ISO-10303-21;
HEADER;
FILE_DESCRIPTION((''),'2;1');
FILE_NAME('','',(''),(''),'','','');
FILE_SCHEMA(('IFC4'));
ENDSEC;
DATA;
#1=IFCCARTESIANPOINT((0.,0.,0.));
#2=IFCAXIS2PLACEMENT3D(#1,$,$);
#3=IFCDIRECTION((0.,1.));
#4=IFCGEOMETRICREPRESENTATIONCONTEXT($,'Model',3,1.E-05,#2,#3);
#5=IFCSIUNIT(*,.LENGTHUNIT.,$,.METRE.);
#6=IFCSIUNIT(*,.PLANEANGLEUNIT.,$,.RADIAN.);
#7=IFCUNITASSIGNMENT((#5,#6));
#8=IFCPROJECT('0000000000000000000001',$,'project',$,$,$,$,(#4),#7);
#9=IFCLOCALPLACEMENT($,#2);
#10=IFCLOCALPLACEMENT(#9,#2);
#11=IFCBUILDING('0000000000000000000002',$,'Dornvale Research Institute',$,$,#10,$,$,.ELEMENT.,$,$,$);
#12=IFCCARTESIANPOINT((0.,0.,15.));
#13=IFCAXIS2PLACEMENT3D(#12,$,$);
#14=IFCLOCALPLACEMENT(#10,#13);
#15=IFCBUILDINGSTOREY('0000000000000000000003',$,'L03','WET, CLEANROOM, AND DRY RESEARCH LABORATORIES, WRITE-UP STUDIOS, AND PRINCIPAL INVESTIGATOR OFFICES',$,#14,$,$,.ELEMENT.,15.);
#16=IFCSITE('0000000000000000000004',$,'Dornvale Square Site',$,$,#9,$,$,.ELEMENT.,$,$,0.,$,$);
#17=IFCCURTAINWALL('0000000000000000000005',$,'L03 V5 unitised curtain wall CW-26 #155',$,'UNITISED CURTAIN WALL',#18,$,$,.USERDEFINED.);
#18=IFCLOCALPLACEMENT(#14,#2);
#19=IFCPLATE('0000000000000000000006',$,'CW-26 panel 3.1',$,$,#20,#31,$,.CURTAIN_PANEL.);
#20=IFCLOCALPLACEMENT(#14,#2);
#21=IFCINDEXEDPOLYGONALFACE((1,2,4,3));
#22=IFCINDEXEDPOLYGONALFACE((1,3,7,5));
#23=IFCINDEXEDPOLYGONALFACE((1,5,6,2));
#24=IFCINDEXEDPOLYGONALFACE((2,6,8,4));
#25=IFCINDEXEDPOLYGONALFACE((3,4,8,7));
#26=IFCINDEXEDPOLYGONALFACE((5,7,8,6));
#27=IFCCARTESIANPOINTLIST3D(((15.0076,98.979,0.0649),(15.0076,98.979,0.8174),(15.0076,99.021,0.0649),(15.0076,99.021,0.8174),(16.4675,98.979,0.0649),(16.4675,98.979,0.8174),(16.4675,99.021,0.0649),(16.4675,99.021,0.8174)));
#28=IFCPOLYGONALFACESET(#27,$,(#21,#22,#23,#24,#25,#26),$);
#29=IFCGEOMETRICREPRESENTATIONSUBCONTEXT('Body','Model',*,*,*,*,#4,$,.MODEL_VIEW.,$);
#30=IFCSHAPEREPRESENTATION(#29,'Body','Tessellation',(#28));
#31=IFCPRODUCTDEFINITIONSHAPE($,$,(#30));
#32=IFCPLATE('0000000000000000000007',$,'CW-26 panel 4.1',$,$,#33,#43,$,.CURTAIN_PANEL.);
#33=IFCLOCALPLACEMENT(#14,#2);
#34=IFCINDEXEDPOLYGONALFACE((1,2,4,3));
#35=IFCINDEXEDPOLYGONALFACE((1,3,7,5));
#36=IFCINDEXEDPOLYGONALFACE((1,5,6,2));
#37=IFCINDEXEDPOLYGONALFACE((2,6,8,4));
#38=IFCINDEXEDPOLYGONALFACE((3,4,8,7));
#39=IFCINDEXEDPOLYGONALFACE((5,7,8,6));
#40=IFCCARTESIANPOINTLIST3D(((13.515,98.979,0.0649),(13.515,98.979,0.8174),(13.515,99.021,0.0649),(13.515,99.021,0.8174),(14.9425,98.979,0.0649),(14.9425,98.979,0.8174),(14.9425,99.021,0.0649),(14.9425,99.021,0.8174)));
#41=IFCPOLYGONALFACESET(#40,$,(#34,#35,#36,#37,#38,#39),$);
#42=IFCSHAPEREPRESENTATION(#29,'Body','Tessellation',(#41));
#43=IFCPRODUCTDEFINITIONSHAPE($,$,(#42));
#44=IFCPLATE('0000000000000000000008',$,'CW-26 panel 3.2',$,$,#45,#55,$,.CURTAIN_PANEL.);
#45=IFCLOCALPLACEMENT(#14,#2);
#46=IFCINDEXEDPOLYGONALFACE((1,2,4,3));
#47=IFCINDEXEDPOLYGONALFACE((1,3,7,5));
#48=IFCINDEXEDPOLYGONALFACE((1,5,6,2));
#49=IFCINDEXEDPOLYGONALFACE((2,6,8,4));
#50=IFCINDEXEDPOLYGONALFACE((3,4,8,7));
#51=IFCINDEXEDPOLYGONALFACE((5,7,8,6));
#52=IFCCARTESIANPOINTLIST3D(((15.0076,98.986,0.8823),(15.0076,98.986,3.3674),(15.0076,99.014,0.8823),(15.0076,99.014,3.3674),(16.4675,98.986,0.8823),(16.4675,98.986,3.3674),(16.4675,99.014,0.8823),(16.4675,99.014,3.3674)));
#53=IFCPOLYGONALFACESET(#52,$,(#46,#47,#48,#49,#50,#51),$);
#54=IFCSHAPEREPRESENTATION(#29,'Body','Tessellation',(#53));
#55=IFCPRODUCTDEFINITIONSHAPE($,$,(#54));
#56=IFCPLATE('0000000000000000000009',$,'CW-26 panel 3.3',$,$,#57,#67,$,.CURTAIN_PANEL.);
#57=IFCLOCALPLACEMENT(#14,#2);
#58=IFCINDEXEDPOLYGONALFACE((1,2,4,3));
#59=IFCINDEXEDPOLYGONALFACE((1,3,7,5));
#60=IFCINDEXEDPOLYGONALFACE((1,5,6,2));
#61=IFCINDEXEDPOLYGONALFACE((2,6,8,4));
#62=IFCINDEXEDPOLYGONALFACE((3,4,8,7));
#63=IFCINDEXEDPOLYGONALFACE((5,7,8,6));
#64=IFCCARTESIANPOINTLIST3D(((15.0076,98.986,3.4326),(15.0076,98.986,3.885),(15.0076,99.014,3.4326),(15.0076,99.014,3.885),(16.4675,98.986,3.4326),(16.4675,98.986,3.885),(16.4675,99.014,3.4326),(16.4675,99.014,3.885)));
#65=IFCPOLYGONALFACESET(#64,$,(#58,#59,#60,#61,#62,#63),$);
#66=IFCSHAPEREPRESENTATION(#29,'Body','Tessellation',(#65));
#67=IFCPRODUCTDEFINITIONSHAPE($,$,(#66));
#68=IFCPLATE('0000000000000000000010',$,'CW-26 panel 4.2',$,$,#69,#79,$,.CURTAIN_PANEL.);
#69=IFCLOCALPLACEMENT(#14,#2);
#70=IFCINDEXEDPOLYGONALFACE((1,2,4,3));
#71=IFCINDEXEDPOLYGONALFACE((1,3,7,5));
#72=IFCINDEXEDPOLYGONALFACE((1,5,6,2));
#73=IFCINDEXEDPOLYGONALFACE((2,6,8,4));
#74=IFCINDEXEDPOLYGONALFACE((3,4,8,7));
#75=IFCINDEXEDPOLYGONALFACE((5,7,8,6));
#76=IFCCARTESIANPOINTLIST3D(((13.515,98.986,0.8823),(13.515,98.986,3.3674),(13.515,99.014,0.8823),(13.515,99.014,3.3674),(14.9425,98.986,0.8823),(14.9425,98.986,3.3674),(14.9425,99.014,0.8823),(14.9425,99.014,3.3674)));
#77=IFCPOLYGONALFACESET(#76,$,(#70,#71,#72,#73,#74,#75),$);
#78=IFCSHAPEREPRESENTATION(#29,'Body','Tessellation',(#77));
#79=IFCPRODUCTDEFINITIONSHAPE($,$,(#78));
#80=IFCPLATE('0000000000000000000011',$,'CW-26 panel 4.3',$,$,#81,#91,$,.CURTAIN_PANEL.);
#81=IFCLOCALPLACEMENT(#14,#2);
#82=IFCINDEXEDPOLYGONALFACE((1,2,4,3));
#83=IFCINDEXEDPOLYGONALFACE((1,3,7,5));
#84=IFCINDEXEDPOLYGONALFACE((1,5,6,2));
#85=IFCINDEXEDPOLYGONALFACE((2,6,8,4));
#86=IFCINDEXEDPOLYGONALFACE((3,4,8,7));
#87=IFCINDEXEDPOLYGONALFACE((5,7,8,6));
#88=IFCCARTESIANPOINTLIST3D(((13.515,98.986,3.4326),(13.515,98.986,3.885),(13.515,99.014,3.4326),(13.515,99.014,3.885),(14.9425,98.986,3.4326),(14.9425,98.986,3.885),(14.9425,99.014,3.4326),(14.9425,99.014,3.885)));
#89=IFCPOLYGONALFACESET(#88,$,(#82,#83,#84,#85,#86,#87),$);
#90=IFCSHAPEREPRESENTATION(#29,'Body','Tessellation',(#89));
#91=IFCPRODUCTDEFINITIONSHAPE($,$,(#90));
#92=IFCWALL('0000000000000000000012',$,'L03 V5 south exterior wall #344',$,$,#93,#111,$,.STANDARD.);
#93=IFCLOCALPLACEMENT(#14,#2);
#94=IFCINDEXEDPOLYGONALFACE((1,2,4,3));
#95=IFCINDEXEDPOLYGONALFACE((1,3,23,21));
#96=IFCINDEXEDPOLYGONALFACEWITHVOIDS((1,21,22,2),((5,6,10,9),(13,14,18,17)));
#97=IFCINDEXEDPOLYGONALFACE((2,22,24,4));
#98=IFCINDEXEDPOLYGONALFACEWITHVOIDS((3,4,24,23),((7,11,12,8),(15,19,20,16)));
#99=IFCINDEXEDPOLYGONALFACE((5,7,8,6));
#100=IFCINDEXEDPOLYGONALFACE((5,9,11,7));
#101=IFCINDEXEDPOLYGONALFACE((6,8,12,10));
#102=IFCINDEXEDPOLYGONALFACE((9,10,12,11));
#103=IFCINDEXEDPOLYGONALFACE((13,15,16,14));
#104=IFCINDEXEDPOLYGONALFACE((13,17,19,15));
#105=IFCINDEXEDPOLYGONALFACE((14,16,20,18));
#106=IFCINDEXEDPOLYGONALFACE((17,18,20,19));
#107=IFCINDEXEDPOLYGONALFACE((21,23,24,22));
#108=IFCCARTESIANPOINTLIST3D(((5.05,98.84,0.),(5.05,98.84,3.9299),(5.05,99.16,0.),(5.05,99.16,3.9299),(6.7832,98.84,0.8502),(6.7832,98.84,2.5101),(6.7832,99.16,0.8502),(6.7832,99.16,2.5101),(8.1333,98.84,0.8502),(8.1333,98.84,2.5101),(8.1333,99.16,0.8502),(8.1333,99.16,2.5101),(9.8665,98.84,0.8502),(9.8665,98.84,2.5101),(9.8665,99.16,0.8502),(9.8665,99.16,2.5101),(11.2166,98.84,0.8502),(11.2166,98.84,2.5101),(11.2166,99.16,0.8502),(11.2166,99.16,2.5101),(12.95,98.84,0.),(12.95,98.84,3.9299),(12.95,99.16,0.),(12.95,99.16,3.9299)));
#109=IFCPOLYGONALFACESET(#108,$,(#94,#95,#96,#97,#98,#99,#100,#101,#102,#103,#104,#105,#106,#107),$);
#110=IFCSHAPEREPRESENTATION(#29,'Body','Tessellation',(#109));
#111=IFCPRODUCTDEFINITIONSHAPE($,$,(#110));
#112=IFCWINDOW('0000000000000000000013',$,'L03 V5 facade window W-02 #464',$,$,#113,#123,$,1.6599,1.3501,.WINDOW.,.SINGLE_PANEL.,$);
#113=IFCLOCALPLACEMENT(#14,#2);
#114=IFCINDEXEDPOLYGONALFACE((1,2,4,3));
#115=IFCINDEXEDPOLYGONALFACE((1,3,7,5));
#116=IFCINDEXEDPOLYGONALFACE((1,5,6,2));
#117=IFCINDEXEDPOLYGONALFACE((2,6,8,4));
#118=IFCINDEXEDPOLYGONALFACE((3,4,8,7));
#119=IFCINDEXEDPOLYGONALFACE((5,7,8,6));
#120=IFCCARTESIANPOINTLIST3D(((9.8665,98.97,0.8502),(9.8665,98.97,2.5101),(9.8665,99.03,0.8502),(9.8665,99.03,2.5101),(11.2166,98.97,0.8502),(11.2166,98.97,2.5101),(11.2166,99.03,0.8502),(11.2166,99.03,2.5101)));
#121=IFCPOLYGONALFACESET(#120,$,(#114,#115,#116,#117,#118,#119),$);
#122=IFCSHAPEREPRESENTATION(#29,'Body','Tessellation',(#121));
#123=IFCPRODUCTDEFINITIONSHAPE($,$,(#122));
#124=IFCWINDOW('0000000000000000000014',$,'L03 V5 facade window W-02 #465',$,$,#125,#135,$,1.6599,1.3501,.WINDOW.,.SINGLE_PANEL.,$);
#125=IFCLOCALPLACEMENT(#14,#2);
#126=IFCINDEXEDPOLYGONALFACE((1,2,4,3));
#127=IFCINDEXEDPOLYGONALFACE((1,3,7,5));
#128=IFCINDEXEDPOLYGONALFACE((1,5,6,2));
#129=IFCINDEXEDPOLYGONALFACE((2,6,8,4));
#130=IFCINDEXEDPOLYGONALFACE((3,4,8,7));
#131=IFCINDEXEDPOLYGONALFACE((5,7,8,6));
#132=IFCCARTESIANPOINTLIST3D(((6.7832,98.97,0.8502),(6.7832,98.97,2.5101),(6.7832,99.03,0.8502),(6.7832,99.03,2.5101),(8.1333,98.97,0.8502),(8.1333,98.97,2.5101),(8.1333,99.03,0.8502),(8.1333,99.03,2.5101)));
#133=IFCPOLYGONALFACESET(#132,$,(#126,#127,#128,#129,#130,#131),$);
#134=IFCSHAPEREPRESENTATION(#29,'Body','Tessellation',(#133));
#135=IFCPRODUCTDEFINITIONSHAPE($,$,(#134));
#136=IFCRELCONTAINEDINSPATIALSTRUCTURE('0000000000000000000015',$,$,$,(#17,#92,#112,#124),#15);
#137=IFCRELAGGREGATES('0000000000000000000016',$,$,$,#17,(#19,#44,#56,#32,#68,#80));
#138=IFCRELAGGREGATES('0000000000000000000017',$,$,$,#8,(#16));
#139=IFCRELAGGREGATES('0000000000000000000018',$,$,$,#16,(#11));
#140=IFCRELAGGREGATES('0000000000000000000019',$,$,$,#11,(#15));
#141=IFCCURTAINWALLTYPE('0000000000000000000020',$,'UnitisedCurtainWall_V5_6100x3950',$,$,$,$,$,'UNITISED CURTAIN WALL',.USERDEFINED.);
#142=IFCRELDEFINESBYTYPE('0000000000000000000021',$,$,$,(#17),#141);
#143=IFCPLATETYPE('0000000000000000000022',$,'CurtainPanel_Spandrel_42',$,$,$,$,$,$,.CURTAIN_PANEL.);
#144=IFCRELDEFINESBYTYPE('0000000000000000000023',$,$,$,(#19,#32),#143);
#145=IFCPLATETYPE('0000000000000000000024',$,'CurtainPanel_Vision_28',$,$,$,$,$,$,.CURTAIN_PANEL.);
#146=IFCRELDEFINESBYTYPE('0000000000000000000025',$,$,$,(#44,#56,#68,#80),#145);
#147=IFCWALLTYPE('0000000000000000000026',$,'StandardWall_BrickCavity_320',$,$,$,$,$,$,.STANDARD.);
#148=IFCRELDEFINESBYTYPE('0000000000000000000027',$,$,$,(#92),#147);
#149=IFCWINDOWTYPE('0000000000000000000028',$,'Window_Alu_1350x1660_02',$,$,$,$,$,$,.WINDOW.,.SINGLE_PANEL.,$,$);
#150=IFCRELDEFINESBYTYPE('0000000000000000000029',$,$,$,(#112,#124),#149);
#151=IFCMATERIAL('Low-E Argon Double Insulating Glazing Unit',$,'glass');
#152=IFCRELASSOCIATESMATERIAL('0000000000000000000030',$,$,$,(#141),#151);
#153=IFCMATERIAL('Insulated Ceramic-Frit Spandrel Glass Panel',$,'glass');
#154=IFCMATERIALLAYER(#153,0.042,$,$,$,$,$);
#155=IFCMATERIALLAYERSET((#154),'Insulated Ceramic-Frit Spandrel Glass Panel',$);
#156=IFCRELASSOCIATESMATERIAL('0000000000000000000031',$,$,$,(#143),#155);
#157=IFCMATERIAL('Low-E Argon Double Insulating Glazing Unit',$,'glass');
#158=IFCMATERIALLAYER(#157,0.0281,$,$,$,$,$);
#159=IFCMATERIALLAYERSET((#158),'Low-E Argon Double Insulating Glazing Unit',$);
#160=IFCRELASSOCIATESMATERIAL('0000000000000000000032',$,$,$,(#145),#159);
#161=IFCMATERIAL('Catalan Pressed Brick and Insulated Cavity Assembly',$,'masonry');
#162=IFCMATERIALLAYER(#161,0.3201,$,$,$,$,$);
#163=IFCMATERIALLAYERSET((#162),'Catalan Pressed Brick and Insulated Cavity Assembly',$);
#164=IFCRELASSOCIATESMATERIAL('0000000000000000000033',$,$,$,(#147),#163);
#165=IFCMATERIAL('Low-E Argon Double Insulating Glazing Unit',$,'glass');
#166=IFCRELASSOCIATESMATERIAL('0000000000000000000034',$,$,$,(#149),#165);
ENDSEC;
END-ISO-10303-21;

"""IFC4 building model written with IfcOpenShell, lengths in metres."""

from ifc_helpers import new_model, si_unit, direction, frame, frame_2d, origin, origin_2d, place, context, subcontext, project, spatial, rectangle, extrude, material, layer, layer_set, type_object, element, fill, aggregate, save


model = new_model("IFC4")

# Units and contexts
model_context = context("Model", 3, precision=1e-05, world=origin(), true_north=direction((0.0, 1.0)))
body_context = subcontext(model_context, "Body", "Model", "MODEL_VIEW")
ifc_project = project(units=[si_unit("LENGTHUNIT", "METRE"), si_unit("PLANEANGLEUNIT", "RADIAN")], contexts=[model_context])

# Site, building, storey
site_placement = place(None, origin())
site = spatial("IfcSite", under=ifc_project, at=site_placement, Name="Dornvale Square Site", CompositionType="ELEMENT", RefElevation=0.0)
building_placement = place(site_placement, origin())
building = spatial("IfcBuilding", under=site, at=building_placement, Name="Dornvale Research Institute", CompositionType="ELEMENT")
storey_placement = place(building_placement, frame((0.0, 0.0, 15.0)))
storey = spatial("IfcBuildingStorey", under=building, at=storey_placement, Name="L03", Description="WET, CLEANROOM, AND DRY RESEARCH LABORATORIES, WRITE-UP STUDIOS, AND PRINCIPAL INVESTIGATOR OFFICES", CompositionType="ELEMENT", Elevation=15.0)

# Curtain wall
ifc_material_1 = material(Name="Low-E Argon Double Insulating Glazing Unit", Category="glass")
curtain_wall_type = type_object("IfcCurtainWallType", Name="UnitisedCurtainWall_V5_6100x3950", ElementType="UNITISED CURTAIN WALL", PredefinedType="USERDEFINED", material=ifc_material_1)
curtain_wall_placement = place(storey_placement, origin())
curtain_wall = element("IfcCurtainWall", 1, at=curtain_wall_placement, inside=storey, type_object=curtain_wall_type, Name="L03 V5 unitised curtain wall CW-26 #155", ObjectType="UNITISED CURTAIN WALL", PredefinedType="USERDEFINED")

# Plates
ifc_material_2 = material(Name="Insulated Ceramic-Frit Spandrel Glass Panel", Category="glass")
ifc_layer_1 = layer(ifc_material_2, 0.042)
ifc_layer_set_1 = layer_set([ifc_layer_1], Name="Insulated Ceramic-Frit Spandrel Glass Panel")
plate_type_1 = type_object("IfcPlateType", Name="CurtainPanel_Spandrel_42", PredefinedType="CURTAIN_PANEL", material=ifc_layer_set_1)
plate_1_placement = place(storey_placement, frame((15.7375, 99.0, 0.0649), z_axis=(0.0, 0.0, 1.0), x_axis=(-1.0, 0.0, 0.0)))
plate_1 = element("IfcPlate", 2, at=plate_1_placement, type_object=plate_type_1, Name="CW-26 panel 3.1", PredefinedType="CURTAIN_PANEL", context=body_context, shape_type="SweptSolid", body=[
    extrude(rectangle(XDim=1.46, YDim=0.042, at=origin_2d()), origin(), (0.0, 0.0, 1.0), 0.7524),
])
plate_2_placement = place(storey_placement, frame((14.2288, 99.0, 0.0649), z_axis=(0.0, 0.0, 1.0), x_axis=(-1.0, 0.0, 0.0)))
plate_2 = element("IfcPlate", 3, at=plate_2_placement, type_object=plate_type_1, Name="CW-26 panel 4.1", PredefinedType="CURTAIN_PANEL", context=body_context, shape_type="SweptSolid", body=[
    extrude(rectangle(XDim=1.4275, YDim=0.042, at=origin_2d()), origin(), (0.0, 0.0, 1.0), 0.7524),
])
ifc_material_3 = material(Name="Low-E Argon Double Insulating Glazing Unit", Category="glass")
ifc_layer_2 = layer(ifc_material_3, 0.0281)
ifc_layer_set_2 = layer_set([ifc_layer_2], Name="Low-E Argon Double Insulating Glazing Unit")
plate_type_2 = type_object("IfcPlateType", Name="CurtainPanel_Vision_28", PredefinedType="CURTAIN_PANEL", material=ifc_layer_set_2)
plate_3_placement = place(storey_placement, frame((15.7375, 99.0, 0.8823), z_axis=(0.0, 0.0, 1.0), x_axis=(-1.0, 0.0, 0.0)))
plate_3 = element("IfcPlate", 4, at=plate_3_placement, type_object=plate_type_2, Name="CW-26 panel 3.2", PredefinedType="CURTAIN_PANEL", context=body_context, shape_type="SweptSolid", body=[
    extrude(rectangle(XDim=1.46, YDim=0.0281, at=origin_2d()), origin(), (0.0, 0.0, 1.0), 2.4851),
])
plate_4_placement = place(storey_placement, frame((15.7375, 99.0, 3.4326), z_axis=(0.0, 0.0, 1.0), x_axis=(-1.0, 0.0, 0.0)))
plate_4 = element("IfcPlate", 5, at=plate_4_placement, type_object=plate_type_2, Name="CW-26 panel 3.3", PredefinedType="CURTAIN_PANEL", context=body_context, shape_type="SweptSolid", body=[
    extrude(rectangle(XDim=1.46, YDim=0.0281, at=origin_2d()), origin(), (0.0, 0.0, 1.0), 0.4524),
])
plate_5_placement = place(storey_placement, frame((14.2288, 99.0, 0.8823), z_axis=(0.0, 0.0, 1.0), x_axis=(-1.0, 0.0, 0.0)))
plate_5 = element("IfcPlate", 6, at=plate_5_placement, type_object=plate_type_2, Name="CW-26 panel 4.2", PredefinedType="CURTAIN_PANEL", context=body_context, shape_type="SweptSolid", body=[
    extrude(rectangle(XDim=1.4275, YDim=0.0281, at=origin_2d()), origin(), (0.0, 0.0, 1.0), 2.4851),
])
plate_6_placement = place(storey_placement, frame((14.2288, 99.0, 3.4326), z_axis=(0.0, 0.0, 1.0), x_axis=(-1.0, 0.0, 0.0)))
plate_6 = element("IfcPlate", 7, at=plate_6_placement, type_object=plate_type_2, Name="CW-26 panel 4.3", PredefinedType="CURTAIN_PANEL", context=body_context, shape_type="SweptSolid", body=[
    extrude(rectangle(XDim=1.4275, YDim=0.0281, at=origin_2d()), origin(), (0.0, 0.0, 1.0), 0.4524),
])
aggregate(curtain_wall, [plate_1, plate_3, plate_4, plate_2, plate_5, plate_6])

# Wall, openings, windows
ifc_material_4 = material(Name="Catalan Pressed Brick and Insulated Cavity Assembly", Category="masonry")
ifc_layer_3 = layer(ifc_material_4, 0.3201)
ifc_layer_set_3 = layer_set([ifc_layer_3], Name="Catalan Pressed Brick and Insulated Cavity Assembly")
wall_type = type_object("IfcWallType", Name="StandardWall_BrickCavity_320", PredefinedType="STANDARD", material=ifc_layer_set_3)
wall_placement = place(storey_placement, frame((12.95, 99.0, 0.0), z_axis=(0.0, 0.0, 1.0), x_axis=(-1.0, 0.0, 0.0)))
wall = element("IfcWall", 8, at=wall_placement, inside=storey, type_object=wall_type, Name="L03 V5 south exterior wall #344", PredefinedType="STANDARD", context=body_context, shape_type="SweptSolid", body=[
    extrude(rectangle(XDim=7.8999, YDim=0.3201, at=frame_2d((3.95, 0.0))), origin(), (0.0, 0.0, 1.0), 3.9299),
])
opening_1_placement = place(wall_placement, frame((1.7334, 0.0, 0.8501)))
opening_1 = element("IfcOpeningElement", 9, at=opening_1_placement, cuts=wall, PredefinedType="OPENING", context=body_context, shape_type="SweptSolid", body=[
    extrude(rectangle(XDim=1.3501, YDim=1.6599, at=frame_2d((0.675, 0.8301))), frame((0.0, 0.175, 0.0), z_axis=(0.0, -1.0, 0.0), x_axis=(1.0, 0.0, 0.0)), (0.0, 0.0, 1.0), 0.3501),
])
opening_2_placement = place(wall_placement, frame((4.8167, 0.0, 0.8501)))
opening_2 = element("IfcOpeningElement", 10, at=opening_2_placement, cuts=wall, PredefinedType="OPENING", context=body_context, shape_type="SweptSolid", body=[
    extrude(rectangle(XDim=1.3501, YDim=1.6599, at=frame_2d((0.675, 0.8301))), frame((0.0, 0.175, 0.0), z_axis=(0.0, -1.0, 0.0), x_axis=(1.0, 0.0, 0.0)), (0.0, 0.0, 1.0), 0.3501),
])
ifc_material_5 = material(Name="Low-E Argon Double Insulating Glazing Unit", Category="glass")
window_type = type_object("IfcWindowType", Name="Window_Alu_1350x1660_02", PartitioningType="SINGLE_PANEL", PredefinedType="WINDOW", material=ifc_material_5)
window_1_placement = place(opening_1_placement, origin())
window_1 = element("IfcWindow", 11, at=window_1_placement, inside=storey, type_object=window_type, Name="L03 V5 facade window W-02 #464", OverallHeight=1.6599, OverallWidth=1.3501, PartitioningType="SINGLE_PANEL", PredefinedType="WINDOW", context=body_context, shape_type="SweptSolid", body=[
    extrude(rectangle(XDim=1.3501, YDim=1.6599, at=frame_2d((0.675, 0.8301))), frame((0.0, 0.03, 0.0), z_axis=(0.0, -1.0, 0.0), x_axis=(1.0, 0.0, 0.0)), (0.0, 0.0, 1.0), 0.0601),
])
fill(opening_1, window_1)
window_2_placement = place(opening_2_placement, origin())
window_2 = element("IfcWindow", 12, at=window_2_placement, inside=storey, type_object=window_type, Name="L03 V5 facade window W-02 #465", OverallHeight=1.6599, OverallWidth=1.3501, PartitioningType="SINGLE_PANEL", PredefinedType="WINDOW", context=body_context, shape_type="SweptSolid", body=[
    extrude(rectangle(XDim=1.3501, YDim=1.6599, at=frame_2d((0.675, 0.8301))), frame((0.0, 0.03, 0.0), z_axis=(0.0, -1.0, 0.0), x_axis=(1.0, 0.0, 0.0)), (0.0, 0.0, 1.0), 0.0601),
])
fill(opening_2, window_2)

save(model, "model.ifc")
